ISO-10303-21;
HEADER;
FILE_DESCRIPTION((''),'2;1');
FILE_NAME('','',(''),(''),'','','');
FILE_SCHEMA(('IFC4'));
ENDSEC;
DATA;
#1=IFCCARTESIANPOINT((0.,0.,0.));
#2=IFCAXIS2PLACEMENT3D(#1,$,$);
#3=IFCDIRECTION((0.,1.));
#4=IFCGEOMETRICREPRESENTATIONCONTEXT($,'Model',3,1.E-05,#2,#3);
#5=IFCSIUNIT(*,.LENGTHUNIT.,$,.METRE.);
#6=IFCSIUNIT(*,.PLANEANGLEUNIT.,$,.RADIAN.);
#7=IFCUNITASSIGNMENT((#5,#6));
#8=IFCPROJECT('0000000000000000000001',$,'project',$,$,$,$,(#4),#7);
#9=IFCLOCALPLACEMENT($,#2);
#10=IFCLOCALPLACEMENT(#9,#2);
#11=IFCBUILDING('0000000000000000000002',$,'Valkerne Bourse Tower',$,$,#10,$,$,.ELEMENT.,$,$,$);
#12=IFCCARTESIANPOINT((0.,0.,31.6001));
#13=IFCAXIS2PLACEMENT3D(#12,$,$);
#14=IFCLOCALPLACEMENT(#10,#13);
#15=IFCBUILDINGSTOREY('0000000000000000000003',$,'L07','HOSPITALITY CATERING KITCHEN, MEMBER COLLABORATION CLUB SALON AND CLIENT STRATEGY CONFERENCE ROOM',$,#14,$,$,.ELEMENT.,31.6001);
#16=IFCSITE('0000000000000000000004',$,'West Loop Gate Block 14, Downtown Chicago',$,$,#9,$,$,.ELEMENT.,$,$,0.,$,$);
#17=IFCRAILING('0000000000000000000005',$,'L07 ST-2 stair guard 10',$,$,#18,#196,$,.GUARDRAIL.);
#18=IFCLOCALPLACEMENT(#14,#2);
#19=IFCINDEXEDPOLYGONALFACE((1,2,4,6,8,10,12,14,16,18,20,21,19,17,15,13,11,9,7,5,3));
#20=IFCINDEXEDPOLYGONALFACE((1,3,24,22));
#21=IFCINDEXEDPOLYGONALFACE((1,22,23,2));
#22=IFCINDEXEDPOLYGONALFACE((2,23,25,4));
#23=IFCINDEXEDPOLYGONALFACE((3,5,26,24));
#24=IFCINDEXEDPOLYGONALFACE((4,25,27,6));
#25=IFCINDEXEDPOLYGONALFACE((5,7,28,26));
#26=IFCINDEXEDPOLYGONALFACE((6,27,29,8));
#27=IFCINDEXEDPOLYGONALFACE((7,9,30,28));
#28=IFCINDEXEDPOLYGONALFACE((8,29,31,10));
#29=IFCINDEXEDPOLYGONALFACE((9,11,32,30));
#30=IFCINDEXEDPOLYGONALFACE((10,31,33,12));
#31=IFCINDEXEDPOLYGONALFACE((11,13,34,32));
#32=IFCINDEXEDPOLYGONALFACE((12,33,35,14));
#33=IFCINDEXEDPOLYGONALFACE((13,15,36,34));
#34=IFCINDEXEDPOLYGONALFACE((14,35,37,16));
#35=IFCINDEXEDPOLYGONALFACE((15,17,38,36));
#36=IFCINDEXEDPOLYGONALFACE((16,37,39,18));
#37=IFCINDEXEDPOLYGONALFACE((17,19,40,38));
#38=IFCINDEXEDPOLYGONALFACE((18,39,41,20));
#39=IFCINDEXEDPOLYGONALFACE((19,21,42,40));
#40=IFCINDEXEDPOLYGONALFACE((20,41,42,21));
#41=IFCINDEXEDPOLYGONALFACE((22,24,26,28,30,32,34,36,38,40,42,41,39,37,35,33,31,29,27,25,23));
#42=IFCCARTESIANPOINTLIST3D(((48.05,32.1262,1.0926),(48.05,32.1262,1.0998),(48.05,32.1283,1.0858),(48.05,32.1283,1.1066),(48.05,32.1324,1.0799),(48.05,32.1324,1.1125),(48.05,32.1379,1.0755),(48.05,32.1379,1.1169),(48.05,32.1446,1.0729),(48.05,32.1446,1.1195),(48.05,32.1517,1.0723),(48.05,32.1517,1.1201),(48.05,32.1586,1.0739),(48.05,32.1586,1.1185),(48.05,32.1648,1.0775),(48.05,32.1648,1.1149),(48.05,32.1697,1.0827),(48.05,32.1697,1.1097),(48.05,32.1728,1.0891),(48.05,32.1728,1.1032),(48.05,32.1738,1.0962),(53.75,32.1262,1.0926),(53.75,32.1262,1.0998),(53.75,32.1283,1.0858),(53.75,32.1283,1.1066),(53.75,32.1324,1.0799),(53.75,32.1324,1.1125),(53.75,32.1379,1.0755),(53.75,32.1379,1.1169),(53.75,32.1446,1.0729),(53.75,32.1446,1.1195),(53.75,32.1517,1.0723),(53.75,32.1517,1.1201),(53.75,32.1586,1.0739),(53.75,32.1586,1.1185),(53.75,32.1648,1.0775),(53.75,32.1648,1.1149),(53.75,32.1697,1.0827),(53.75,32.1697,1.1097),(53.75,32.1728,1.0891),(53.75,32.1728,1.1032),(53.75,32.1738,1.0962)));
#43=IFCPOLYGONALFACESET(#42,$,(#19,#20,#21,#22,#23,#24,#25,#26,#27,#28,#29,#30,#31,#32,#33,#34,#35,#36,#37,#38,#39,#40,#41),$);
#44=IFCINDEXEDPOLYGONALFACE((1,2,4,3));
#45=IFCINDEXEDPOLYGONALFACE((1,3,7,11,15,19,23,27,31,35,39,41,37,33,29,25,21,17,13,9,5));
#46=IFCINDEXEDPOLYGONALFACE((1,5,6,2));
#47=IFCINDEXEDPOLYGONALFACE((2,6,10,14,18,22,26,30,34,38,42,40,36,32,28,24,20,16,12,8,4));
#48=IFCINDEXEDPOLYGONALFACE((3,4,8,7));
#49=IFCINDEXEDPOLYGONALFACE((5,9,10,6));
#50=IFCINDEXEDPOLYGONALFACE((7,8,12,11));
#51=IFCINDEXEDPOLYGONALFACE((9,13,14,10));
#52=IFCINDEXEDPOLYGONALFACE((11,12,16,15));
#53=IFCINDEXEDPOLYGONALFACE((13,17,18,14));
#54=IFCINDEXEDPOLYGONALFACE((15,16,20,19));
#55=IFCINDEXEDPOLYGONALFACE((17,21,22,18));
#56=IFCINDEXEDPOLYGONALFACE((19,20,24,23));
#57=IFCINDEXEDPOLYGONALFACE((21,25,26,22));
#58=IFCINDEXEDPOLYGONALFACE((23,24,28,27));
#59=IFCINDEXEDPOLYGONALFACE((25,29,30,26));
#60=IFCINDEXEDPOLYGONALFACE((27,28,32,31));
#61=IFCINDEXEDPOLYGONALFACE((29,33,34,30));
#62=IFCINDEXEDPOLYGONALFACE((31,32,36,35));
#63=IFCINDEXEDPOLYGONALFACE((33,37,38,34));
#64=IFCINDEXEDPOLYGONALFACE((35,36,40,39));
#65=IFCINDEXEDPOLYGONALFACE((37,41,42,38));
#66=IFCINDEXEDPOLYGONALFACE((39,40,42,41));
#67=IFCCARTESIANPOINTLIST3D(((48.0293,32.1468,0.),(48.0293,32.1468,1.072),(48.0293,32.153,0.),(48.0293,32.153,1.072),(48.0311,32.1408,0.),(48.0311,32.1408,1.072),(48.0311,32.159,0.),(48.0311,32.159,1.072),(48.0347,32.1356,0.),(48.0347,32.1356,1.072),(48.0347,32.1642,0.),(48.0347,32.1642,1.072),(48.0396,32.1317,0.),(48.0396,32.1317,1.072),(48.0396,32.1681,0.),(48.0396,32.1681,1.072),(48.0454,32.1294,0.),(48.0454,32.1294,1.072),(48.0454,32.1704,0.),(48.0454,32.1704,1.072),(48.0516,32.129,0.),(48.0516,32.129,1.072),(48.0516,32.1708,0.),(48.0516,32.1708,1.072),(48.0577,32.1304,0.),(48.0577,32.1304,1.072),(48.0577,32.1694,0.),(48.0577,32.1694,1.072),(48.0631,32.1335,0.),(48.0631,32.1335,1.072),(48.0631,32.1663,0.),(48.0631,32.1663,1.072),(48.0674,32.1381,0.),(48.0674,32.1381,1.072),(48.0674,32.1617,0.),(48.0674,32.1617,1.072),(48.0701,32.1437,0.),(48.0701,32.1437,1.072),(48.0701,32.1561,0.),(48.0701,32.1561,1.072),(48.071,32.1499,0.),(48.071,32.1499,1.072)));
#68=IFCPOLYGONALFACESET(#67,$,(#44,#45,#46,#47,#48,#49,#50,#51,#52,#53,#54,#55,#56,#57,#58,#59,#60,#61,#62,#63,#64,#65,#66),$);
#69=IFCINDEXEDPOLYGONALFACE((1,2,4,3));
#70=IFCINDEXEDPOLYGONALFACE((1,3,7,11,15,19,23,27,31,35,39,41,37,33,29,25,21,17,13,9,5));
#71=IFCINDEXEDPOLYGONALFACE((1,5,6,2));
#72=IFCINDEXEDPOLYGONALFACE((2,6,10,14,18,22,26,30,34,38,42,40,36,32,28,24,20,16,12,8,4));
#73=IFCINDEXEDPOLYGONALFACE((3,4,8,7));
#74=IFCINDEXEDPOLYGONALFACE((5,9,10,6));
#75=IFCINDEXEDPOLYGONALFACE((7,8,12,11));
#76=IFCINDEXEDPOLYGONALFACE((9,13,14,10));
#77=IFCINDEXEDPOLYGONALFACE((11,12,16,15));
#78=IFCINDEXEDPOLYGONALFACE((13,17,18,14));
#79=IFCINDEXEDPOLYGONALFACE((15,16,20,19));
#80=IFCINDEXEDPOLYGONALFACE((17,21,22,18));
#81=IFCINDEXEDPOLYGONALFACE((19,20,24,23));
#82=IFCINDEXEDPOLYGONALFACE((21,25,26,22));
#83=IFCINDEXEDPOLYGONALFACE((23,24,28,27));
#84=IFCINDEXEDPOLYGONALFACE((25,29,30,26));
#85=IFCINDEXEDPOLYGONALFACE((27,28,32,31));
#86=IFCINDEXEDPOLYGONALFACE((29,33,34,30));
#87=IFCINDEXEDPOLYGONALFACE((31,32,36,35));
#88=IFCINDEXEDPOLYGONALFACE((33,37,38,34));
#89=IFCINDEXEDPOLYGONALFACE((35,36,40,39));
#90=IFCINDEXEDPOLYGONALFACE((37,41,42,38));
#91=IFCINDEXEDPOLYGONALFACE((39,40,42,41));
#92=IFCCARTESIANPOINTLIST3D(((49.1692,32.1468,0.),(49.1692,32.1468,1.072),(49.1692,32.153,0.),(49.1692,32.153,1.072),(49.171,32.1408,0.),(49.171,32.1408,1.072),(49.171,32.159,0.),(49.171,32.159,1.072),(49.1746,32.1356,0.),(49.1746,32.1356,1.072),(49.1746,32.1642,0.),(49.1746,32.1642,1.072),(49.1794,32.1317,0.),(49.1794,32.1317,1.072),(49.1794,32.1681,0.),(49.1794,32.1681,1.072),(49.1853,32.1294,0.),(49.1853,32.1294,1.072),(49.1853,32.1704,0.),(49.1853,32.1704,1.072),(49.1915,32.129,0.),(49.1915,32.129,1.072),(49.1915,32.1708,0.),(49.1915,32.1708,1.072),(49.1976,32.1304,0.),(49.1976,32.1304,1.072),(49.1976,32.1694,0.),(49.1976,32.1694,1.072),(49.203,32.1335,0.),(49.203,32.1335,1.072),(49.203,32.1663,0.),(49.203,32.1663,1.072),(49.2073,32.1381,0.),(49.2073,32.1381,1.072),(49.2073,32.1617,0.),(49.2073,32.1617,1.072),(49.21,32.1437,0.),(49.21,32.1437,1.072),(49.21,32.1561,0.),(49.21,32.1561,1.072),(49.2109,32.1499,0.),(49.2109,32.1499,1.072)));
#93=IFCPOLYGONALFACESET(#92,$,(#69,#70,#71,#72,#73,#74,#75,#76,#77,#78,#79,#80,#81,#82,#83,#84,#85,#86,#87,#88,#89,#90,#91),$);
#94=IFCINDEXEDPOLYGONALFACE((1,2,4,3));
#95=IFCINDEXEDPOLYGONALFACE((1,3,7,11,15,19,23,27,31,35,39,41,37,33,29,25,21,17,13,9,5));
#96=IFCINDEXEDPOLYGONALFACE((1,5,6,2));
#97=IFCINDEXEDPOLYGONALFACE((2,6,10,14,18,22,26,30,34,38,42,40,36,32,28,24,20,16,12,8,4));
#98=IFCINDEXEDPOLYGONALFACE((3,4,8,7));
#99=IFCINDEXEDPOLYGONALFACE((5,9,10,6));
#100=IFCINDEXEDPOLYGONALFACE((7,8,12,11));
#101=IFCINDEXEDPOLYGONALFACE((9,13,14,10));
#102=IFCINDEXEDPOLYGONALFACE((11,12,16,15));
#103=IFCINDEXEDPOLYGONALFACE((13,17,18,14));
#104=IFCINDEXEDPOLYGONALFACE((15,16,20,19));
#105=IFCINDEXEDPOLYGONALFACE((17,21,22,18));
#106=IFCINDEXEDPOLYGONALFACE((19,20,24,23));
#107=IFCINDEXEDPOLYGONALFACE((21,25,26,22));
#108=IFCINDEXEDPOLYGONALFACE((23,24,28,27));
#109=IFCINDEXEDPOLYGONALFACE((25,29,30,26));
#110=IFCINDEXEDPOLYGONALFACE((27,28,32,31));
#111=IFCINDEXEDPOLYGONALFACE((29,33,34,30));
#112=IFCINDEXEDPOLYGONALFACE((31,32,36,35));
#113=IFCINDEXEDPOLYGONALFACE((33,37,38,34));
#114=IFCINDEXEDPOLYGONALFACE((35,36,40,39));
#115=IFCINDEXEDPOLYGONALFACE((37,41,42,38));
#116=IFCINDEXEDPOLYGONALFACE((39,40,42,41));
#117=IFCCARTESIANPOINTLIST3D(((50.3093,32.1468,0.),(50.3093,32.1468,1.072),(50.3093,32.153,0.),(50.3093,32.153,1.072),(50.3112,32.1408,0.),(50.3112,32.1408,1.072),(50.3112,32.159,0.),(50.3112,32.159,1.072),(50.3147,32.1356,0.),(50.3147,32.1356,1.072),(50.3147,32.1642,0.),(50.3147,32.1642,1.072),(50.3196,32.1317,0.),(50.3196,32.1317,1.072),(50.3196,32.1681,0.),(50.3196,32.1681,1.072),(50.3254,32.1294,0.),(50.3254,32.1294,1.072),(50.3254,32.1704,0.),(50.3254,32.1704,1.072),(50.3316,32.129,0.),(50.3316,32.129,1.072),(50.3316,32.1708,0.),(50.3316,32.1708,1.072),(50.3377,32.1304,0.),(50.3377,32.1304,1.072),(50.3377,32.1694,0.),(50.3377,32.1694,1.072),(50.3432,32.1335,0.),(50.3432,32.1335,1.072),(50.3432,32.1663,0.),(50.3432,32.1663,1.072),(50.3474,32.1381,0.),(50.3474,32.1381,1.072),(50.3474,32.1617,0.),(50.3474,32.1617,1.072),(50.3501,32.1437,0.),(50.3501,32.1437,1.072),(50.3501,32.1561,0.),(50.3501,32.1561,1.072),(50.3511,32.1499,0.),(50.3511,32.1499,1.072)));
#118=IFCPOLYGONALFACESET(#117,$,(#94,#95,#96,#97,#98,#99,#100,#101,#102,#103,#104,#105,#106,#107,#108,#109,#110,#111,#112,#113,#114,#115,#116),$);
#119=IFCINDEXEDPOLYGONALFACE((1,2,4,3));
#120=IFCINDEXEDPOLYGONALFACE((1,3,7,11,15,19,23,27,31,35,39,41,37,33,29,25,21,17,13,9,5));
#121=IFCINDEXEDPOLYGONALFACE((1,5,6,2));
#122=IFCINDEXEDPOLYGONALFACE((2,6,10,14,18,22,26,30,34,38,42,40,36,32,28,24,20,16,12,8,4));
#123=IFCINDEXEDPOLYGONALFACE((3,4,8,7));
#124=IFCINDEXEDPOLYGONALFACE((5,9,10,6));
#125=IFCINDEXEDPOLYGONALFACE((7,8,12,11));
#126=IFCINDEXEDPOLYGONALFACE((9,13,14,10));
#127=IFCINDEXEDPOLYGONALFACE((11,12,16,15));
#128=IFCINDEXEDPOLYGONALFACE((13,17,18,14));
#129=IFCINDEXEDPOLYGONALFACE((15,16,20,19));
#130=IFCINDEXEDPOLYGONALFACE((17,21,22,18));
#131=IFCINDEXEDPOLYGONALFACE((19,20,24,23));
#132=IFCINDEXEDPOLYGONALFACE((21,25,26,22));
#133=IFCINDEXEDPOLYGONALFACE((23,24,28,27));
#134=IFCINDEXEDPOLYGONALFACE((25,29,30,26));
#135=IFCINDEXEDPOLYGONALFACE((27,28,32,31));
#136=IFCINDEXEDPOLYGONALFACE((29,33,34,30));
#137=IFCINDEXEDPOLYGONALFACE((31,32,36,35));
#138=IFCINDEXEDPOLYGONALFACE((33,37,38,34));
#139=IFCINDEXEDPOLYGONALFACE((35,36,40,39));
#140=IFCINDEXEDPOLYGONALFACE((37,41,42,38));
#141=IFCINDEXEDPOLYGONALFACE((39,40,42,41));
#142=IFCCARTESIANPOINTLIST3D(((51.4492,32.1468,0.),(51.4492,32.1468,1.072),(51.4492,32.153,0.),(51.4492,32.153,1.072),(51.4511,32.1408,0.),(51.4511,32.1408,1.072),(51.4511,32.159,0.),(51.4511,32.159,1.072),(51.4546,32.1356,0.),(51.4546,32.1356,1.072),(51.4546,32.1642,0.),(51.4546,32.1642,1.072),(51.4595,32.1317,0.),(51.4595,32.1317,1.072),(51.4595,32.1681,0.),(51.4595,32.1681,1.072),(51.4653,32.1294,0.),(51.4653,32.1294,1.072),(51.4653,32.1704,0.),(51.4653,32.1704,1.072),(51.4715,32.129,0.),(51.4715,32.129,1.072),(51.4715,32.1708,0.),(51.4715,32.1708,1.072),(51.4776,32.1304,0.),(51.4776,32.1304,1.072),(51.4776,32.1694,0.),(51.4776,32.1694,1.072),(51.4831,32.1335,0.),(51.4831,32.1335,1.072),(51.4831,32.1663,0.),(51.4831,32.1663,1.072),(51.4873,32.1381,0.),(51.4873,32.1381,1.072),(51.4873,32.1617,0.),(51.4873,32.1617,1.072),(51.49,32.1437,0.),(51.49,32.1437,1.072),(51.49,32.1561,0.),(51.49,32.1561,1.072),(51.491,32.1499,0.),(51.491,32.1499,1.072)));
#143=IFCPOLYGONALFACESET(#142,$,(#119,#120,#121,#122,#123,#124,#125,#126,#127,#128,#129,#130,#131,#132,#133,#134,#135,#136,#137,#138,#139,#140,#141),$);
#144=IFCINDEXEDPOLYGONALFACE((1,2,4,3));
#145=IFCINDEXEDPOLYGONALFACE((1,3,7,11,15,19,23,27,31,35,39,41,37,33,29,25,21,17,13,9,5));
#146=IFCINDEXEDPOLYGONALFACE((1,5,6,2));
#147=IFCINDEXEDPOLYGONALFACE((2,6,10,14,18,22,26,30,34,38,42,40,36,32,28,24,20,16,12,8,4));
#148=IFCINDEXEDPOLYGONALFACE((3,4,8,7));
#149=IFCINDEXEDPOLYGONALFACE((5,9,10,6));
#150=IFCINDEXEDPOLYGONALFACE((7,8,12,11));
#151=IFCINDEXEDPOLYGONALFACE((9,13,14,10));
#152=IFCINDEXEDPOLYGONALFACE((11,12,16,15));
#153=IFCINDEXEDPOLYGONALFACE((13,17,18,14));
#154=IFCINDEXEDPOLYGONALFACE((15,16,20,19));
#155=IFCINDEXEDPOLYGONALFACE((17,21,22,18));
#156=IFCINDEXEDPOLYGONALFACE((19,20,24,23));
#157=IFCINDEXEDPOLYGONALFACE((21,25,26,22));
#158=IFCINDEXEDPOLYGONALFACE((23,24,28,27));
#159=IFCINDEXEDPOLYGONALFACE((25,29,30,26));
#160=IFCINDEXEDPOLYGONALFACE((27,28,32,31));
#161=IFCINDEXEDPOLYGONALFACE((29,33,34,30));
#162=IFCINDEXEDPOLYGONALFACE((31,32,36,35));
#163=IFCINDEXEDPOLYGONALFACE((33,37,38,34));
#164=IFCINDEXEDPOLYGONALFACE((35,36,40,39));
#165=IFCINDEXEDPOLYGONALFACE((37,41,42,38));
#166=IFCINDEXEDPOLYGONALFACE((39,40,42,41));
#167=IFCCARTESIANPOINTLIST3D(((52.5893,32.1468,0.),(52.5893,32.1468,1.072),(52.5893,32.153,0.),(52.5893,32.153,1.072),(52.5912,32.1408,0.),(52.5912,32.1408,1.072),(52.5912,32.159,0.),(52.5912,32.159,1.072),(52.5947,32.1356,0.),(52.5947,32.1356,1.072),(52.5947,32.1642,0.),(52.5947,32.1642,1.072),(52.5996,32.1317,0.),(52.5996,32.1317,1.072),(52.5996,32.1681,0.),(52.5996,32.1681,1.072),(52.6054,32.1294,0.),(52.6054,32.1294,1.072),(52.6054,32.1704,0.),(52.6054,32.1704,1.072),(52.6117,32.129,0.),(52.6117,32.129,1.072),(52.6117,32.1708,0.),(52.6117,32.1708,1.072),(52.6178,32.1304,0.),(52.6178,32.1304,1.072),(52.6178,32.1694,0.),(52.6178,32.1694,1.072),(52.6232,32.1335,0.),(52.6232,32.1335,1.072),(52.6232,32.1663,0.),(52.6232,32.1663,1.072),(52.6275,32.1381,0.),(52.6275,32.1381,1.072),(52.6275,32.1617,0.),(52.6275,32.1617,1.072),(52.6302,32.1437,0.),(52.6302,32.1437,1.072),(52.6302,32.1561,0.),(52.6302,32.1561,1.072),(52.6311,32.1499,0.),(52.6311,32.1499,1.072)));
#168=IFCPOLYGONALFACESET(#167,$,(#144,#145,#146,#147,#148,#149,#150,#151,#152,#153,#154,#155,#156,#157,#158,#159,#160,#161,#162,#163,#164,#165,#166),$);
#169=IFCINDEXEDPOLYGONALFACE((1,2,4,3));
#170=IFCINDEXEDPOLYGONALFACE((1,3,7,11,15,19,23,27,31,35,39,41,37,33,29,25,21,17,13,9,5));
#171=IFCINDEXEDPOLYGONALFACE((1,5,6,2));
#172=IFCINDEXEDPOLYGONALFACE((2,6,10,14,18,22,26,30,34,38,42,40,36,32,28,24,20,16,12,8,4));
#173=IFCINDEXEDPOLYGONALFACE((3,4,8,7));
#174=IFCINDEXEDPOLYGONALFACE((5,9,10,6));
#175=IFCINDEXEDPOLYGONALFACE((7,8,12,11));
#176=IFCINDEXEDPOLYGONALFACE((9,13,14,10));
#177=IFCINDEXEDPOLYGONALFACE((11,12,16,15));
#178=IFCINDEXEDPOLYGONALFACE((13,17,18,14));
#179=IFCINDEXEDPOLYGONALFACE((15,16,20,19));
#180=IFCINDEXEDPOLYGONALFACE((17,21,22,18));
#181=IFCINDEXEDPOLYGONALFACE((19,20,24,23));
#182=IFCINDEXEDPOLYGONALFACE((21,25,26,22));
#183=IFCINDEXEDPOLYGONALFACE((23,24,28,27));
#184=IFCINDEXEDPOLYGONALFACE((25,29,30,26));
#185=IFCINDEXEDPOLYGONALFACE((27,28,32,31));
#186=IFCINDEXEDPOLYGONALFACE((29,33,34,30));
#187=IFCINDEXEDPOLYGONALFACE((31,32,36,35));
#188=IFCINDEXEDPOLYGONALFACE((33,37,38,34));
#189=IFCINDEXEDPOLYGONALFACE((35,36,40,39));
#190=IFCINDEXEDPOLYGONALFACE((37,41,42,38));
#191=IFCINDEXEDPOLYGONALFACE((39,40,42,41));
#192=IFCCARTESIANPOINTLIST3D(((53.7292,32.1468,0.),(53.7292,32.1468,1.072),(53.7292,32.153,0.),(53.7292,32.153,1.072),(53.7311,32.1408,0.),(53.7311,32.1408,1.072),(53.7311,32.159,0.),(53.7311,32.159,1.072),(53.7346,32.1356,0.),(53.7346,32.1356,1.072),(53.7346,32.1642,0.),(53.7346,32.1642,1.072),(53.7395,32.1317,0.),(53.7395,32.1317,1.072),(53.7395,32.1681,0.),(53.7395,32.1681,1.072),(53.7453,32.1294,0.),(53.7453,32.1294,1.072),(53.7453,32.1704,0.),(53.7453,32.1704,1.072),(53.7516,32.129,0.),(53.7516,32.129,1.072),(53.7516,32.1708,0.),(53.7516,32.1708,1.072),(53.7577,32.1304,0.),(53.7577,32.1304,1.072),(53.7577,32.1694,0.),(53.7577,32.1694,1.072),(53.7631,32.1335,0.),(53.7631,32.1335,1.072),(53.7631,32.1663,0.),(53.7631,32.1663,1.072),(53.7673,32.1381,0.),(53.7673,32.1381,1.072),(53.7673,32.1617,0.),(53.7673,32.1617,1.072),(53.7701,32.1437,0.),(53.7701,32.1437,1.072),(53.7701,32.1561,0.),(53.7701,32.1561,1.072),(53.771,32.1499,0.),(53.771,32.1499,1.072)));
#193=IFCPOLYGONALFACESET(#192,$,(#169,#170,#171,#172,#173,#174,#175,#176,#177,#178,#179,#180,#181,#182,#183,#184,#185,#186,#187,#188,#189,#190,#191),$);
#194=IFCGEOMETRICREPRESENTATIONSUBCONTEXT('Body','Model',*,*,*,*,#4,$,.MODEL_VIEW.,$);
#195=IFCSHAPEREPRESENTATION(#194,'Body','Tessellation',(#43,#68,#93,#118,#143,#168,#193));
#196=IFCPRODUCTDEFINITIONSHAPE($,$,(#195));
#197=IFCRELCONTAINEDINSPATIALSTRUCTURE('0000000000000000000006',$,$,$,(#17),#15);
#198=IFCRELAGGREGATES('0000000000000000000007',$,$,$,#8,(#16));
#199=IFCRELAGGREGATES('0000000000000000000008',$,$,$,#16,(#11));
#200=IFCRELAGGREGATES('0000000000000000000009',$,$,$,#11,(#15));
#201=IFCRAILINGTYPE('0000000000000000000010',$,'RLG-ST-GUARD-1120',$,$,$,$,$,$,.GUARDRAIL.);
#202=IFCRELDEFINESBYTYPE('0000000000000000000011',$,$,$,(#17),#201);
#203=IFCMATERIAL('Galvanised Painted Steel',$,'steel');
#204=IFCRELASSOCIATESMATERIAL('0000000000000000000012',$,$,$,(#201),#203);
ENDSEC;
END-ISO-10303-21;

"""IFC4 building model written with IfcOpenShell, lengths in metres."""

from ifc_helpers import new_model, si_unit, direction, frame, origin, origin_2d, place, context, subcontext, project, spatial, circle, extrude, material, type_object, element, save


model = new_model("IFC4")

# Units and contexts
model_context = context("Model", 3, precision=1e-05, world=origin(), true_north=direction((0.0, 1.0)))
body_context = subcontext(model_context, "Body", "Model", "MODEL_VIEW")
ifc_project = project(units=[si_unit("LENGTHUNIT", "METRE"), si_unit("PLANEANGLEUNIT", "RADIAN")], contexts=[model_context])

# Site, building, storey
site_placement = place(None, origin())
site = spatial("IfcSite", under=ifc_project, at=site_placement, Name="West Loop Gate Block 14, Downtown Chicago", CompositionType="ELEMENT", RefElevation=0.0)
building_placement = place(site_placement, origin())
building = spatial("IfcBuilding", under=site, at=building_placement, Name="Valkerne Bourse Tower", CompositionType="ELEMENT")
storey_placement = place(building_placement, frame((0.0, 0.0, 31.6001)))
storey = spatial("IfcBuildingStorey", under=building, at=storey_placement, Name="L07", Description="HOSPITALITY CATERING KITCHEN, MEMBER COLLABORATION CLUB SALON AND CLIENT STRATEGY CONFERENCE ROOM", CompositionType="ELEMENT", Elevation=31.6001)

# Shared definitions
ifc_material_1 = material(Name="Galvanised Painted Steel", Category="steel")

# Railing
railing_type_1 = type_object("IfcRailingType", Name="RLG-ST-GUARD-1120", PredefinedType="GUARDRAIL", material=ifc_material_1)
for number, where, name in (
    (1, (48.05, 32.1499, 0.0), "L07 ST-2 stair guard 10"),
):
    element("IfcRailing", number, at=place(storey_placement, frame(where)), inside=storey, type_object=railing_type_1, Name=name, PredefinedType="GUARDRAIL", context=body_context, shape_type="SweptSolid", body=[
        extrude(circle(Radius=0.0239, at=origin_2d()), frame((0.0, 0.0, 1.0962), z_axis=(1.0, 0.0, 0.0), x_axis=(0.0, 1.0, 0.0)), (0.0, 0.0, 1.0), 5.7),
        extrude(circle(Radius=0.021, at=origin_2d()), origin(), (0.0, 0.0, 1.0), 1.072),
        extrude(circle(Radius=0.021, at=origin_2d()), frame((1.1399, 0.0, 0.0)), (0.0, 0.0, 1.0), 1.072),
        extrude(circle(Radius=0.021, at=origin_2d()), frame((2.28, 0.0, 0.0)), (0.0, 0.0, 1.0), 1.072),
        extrude(circle(Radius=0.021, at=origin_2d()), frame((3.4199, 0.0, 0.0)), (0.0, 0.0, 1.0), 1.072),
        extrude(circle(Radius=0.021, at=origin_2d()), frame((4.5601, 0.0, 0.0)), (0.0, 0.0, 1.0), 1.072),
        extrude(circle(Radius=0.021, at=origin_2d()), frame((5.7, 0.0, 0.0)), (0.0, 0.0, 1.0), 1.072),
    ])

save(model, "model.ifc")
